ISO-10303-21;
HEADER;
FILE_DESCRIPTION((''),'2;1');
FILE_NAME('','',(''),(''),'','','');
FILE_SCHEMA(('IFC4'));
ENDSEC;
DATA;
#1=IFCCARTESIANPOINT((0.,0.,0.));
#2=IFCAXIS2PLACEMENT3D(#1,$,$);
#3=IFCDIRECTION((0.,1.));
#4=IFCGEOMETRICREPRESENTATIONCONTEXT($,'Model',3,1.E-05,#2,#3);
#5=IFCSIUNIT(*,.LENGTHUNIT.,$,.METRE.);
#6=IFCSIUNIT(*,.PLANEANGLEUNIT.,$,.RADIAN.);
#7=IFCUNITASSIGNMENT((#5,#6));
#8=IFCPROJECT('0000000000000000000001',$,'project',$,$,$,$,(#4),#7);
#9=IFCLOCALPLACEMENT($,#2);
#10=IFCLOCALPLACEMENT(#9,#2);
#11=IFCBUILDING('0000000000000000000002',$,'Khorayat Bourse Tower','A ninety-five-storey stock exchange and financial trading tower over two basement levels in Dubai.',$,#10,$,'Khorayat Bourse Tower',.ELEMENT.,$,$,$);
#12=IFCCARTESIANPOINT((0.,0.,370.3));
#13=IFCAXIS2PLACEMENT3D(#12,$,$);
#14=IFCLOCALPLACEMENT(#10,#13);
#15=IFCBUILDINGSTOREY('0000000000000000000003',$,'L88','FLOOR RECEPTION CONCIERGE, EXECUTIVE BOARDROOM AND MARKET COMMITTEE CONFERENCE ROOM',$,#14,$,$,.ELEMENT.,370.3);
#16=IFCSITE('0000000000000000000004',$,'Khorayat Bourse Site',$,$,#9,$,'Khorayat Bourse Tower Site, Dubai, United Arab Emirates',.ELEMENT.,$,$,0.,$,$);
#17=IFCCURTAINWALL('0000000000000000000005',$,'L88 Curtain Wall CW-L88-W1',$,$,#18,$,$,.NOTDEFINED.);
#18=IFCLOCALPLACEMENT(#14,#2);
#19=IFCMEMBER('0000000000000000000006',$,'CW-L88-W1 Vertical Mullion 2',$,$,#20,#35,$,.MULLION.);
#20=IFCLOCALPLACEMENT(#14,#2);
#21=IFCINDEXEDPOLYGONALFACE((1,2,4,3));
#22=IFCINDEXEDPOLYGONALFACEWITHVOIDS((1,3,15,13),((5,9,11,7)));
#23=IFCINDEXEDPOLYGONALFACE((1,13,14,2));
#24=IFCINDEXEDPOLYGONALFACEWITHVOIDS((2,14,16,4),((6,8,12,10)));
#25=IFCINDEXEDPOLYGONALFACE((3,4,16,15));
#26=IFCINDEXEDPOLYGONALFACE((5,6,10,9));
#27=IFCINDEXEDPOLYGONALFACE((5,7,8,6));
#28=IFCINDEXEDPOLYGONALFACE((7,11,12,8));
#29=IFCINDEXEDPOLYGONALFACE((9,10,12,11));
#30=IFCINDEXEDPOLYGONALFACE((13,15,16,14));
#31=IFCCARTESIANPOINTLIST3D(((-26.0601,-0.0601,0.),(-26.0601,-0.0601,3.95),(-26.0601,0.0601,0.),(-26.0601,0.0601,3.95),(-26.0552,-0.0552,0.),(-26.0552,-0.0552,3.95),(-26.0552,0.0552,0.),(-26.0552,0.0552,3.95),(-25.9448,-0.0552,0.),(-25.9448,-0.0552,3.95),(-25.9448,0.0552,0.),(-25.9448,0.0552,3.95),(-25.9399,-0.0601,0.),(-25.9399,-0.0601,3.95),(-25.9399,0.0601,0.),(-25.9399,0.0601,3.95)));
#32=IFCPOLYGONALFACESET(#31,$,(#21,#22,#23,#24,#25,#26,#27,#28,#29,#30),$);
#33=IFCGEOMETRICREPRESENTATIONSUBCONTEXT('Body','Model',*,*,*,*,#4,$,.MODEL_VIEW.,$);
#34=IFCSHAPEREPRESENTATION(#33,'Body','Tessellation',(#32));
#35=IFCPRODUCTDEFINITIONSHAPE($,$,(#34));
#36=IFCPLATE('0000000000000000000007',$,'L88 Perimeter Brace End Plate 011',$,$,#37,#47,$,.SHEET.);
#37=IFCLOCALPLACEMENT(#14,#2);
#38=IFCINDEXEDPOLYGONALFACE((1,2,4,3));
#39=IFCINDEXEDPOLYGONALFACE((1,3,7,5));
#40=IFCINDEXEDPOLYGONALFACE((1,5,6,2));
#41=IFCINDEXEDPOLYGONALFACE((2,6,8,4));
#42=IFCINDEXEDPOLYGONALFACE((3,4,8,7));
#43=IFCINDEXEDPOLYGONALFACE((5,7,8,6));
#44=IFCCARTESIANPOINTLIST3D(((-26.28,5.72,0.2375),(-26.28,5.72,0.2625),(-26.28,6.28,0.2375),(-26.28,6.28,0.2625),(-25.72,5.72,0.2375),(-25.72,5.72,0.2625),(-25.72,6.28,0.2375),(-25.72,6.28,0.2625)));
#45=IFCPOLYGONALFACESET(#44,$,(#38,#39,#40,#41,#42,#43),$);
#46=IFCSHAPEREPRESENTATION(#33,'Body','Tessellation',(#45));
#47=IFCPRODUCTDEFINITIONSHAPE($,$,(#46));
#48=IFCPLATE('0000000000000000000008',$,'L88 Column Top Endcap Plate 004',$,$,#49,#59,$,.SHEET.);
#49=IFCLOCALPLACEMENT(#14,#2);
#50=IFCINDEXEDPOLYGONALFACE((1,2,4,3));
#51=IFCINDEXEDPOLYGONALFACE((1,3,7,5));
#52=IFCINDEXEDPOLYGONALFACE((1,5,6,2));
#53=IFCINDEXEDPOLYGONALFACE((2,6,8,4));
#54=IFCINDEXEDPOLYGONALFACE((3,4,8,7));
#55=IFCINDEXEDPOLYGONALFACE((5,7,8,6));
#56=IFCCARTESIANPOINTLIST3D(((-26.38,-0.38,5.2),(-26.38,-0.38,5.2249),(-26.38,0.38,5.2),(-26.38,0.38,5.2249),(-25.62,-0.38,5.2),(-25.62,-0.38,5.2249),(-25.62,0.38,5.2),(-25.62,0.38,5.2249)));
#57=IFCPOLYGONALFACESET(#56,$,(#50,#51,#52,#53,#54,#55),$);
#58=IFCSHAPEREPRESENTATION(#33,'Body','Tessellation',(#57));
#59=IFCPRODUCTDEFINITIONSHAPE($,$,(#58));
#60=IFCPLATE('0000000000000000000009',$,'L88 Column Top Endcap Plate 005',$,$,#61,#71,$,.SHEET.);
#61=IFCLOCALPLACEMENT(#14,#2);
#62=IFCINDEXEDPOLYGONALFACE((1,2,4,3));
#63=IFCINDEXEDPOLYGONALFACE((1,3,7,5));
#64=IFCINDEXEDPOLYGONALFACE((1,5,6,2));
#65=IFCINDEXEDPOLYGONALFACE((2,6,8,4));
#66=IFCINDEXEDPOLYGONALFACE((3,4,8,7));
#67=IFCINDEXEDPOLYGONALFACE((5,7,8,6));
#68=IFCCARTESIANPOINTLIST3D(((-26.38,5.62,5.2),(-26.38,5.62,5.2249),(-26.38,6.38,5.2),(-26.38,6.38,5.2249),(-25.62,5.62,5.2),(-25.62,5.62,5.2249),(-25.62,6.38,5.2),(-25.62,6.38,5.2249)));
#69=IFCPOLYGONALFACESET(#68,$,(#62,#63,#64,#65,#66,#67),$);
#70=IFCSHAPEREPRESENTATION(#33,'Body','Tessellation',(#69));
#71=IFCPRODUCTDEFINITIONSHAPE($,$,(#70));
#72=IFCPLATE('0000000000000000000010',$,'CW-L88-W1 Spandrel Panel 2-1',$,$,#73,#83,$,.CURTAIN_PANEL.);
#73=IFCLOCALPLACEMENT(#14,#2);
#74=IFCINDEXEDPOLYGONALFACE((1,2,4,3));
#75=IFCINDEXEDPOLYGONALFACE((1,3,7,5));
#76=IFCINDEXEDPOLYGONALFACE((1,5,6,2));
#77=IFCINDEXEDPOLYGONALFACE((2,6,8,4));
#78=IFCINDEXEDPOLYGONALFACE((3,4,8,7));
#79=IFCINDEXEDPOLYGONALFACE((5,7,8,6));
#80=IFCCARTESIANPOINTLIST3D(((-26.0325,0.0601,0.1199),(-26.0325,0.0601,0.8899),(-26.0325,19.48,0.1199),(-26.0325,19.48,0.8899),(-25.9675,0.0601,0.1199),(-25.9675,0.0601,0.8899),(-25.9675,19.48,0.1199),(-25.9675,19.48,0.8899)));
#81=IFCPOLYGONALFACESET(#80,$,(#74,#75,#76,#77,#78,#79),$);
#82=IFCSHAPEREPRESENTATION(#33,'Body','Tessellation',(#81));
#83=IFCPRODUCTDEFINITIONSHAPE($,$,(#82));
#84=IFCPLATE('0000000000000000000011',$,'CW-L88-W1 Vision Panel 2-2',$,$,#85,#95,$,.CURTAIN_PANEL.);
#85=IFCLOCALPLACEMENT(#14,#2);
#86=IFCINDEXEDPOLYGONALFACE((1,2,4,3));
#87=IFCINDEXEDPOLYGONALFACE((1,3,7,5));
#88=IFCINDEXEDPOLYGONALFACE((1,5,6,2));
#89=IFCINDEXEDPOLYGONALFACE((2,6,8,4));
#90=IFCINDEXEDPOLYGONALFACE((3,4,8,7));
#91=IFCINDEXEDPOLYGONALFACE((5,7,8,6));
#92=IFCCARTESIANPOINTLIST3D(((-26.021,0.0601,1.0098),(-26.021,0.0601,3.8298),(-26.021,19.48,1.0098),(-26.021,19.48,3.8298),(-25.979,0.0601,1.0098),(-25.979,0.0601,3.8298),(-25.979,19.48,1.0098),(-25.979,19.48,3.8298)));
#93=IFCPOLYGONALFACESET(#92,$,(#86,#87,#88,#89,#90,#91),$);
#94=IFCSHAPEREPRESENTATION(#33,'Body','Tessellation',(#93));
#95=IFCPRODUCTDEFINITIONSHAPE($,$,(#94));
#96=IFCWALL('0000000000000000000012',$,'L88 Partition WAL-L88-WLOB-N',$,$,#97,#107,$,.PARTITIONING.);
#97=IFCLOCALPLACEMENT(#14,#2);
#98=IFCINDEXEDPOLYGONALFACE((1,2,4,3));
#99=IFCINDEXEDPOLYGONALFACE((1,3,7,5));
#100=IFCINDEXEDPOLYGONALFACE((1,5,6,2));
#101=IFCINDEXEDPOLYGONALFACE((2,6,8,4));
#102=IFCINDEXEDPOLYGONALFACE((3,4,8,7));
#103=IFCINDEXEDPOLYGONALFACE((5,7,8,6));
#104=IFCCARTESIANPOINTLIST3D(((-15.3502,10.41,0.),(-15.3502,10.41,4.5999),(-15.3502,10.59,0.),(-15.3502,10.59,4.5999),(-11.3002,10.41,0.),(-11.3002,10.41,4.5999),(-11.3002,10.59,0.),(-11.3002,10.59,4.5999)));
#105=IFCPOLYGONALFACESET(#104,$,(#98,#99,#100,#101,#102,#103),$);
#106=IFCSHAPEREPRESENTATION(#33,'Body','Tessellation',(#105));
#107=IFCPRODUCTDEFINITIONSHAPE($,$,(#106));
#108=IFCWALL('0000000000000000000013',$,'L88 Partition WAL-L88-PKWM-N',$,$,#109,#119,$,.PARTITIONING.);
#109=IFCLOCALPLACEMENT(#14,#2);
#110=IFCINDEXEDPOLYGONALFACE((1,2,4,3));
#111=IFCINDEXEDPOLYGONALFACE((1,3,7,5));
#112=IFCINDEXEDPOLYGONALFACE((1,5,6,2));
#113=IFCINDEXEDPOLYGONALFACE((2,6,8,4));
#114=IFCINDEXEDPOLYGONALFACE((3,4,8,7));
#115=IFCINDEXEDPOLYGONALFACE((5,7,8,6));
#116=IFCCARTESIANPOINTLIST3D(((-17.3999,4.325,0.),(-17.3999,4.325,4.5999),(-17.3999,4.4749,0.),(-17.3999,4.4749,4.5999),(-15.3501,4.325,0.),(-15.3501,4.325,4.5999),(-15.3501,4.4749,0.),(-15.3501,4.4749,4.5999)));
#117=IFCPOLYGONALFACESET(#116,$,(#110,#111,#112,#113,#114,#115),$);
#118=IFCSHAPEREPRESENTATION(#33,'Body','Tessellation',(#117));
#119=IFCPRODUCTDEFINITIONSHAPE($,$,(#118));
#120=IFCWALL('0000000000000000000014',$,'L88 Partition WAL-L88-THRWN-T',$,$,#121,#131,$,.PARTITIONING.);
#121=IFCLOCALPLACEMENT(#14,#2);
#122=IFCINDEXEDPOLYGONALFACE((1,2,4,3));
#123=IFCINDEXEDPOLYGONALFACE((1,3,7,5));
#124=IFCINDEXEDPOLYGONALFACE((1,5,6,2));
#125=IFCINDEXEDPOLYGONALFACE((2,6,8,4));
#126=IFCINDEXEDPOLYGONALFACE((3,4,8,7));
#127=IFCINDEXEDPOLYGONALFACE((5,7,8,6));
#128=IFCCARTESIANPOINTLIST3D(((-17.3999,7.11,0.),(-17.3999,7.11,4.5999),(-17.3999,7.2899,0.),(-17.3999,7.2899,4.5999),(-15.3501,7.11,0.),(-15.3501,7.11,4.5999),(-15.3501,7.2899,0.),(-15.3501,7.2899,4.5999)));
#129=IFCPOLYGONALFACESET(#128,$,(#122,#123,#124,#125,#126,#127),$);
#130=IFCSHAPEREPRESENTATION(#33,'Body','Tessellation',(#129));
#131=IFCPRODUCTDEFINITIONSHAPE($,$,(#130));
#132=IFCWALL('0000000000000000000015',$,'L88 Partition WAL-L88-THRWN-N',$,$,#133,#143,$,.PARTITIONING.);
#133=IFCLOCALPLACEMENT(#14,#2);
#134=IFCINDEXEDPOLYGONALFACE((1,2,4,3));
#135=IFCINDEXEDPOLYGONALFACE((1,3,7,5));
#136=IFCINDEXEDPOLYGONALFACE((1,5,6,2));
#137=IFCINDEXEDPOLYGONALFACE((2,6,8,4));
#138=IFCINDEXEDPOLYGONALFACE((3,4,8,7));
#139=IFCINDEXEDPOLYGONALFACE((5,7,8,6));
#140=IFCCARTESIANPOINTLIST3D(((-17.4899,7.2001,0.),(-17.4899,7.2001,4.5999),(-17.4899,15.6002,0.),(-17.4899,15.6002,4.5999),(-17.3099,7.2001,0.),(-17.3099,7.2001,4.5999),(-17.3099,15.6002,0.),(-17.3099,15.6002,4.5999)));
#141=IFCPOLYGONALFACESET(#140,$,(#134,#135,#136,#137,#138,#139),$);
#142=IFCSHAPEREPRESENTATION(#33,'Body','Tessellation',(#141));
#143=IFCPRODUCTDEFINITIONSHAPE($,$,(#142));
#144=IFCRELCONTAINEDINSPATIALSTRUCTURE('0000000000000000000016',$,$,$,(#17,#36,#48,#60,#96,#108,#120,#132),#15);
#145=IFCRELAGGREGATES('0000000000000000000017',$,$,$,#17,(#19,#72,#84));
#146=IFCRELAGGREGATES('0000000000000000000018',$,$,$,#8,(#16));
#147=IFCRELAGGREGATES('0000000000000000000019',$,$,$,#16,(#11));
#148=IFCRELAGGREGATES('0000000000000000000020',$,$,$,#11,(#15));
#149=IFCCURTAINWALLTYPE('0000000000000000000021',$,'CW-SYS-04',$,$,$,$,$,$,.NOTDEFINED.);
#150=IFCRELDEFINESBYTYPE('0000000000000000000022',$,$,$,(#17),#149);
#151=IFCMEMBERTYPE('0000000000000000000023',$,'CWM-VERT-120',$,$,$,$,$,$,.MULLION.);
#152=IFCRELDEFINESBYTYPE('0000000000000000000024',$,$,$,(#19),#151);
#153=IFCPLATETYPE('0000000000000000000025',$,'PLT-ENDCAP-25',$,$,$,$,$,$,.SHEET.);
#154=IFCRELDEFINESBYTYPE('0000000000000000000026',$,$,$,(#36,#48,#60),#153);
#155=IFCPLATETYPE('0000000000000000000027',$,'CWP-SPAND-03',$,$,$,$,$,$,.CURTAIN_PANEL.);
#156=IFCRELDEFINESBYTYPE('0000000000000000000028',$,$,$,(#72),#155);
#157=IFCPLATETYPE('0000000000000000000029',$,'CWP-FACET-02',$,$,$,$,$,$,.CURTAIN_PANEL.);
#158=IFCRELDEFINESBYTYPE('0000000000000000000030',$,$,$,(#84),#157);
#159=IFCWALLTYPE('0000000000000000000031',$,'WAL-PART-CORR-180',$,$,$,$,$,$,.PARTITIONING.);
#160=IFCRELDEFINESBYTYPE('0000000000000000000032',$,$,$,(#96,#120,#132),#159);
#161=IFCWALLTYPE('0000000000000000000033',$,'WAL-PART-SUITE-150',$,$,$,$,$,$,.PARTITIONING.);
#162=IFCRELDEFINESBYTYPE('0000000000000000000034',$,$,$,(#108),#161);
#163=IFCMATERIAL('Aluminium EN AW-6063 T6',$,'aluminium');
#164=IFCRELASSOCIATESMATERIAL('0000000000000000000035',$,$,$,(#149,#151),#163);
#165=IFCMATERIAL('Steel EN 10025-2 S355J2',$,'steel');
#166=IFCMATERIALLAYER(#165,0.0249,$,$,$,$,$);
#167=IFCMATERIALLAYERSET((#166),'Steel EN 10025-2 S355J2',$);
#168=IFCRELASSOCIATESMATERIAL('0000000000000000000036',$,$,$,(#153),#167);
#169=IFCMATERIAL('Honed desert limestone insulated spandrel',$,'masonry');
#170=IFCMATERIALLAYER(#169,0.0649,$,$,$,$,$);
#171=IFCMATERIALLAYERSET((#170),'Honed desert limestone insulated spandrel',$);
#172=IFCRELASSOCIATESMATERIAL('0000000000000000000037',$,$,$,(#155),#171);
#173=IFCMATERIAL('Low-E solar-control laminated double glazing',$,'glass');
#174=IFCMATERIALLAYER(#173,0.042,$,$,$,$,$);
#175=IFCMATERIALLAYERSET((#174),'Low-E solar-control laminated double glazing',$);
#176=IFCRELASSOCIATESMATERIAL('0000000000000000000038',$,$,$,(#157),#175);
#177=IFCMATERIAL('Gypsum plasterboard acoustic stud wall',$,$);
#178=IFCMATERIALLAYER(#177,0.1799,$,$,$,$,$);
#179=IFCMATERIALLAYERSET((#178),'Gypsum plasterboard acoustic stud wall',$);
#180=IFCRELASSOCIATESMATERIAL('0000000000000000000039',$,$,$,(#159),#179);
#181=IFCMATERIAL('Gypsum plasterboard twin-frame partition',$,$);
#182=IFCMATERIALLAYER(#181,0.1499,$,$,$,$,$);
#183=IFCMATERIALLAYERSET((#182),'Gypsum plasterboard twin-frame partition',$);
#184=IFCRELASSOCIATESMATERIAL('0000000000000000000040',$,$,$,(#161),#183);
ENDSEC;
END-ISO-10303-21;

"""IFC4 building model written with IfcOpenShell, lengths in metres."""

from ifc_helpers import new_model, si_unit, direction, frame, frame_2d, origin, origin_2d, place, context, subcontext, project, spatial, rectangle, hollow_rectangle, extrude, source, transform, mapped, material, layer, layer_set, material_profile, profile_set, type_object, element, aggregate, save


model = new_model("IFC4")

# Units and contexts
model_context = context("Model", 3, precision=1e-05, world=origin(), true_north=direction((0.0, 1.0)))
body_context = subcontext(model_context, "Body", "Model", "MODEL_VIEW")
ifc_project = project(units=[si_unit("LENGTHUNIT", "METRE"), si_unit("PLANEANGLEUNIT", "RADIAN")], contexts=[model_context])

# Site, building, storey
site_placement = place(None, origin())
site = spatial("IfcSite", under=ifc_project, at=site_placement, Name="Khorayat Bourse Site", LongName="Khorayat Bourse Tower Site, Dubai, United Arab Emirates", CompositionType="ELEMENT", RefElevation=0.0)
building_placement = place(site_placement, origin())
building = spatial("IfcBuilding", under=site, at=building_placement, Name="Khorayat Bourse Tower", Description="A ninety-five-storey stock exchange and financial trading tower over two basement levels in Dubai.", LongName="Khorayat Bourse Tower", CompositionType="ELEMENT")
storey_placement = place(building_placement, frame((0.0, 0.0, 370.3)))
storey = spatial("IfcBuildingStorey", under=building, at=storey_placement, Name="L88", Description="FLOOR RECEPTION CONCIERGE, EXECUTIVE BOARDROOM AND MARKET COMMITTEE CONFERENCE ROOM", CompositionType="ELEMENT", Elevation=370.3)

# Shared definitions
ifc_material_1 = material(Name="Steel EN 10025-2 S355J2", Category="steel")

# Curtain wall, member
ifc_material_2 = material(Name="Aluminium EN AW-6063 T6", Category="aluminium")
curtain_wall_type = type_object("IfcCurtainWallType", Name="CW-SYS-04", PredefinedType="NOTDEFINED", material=ifc_material_2)
curtain_wall_placement = place(storey_placement, origin())
curtain_wall = element("IfcCurtainWall", 1, at=curtain_wall_placement, inside=storey, type_object=curtain_wall_type, Name="L88 Curtain Wall CW-L88-W1", PredefinedType="NOTDEFINED")
ifc_material_profile_1 = material_profile(ifc_material_2, hollow_rectangle(XDim=0.1201, YDim=0.1201, WallThickness=0.0049, at=origin_2d()), Name="ALU 120x120x5")
ifc_profile_set_1 = profile_set([ifc_material_profile_1], Name="Aluminium EN AW-6063 T6")
member_type_1 = type_object("IfcMemberType", Name="CWM-VERT-120", PredefinedType="MULLION", material=ifc_profile_set_1)
shared_shape_1 = source(origin(), body_context, "Body", "SweptSolid", [
    extrude(hollow_rectangle(XDim=0.1201, YDim=0.1201, WallThickness=0.0049, at=origin_2d()), origin(), (0.0, 0.0, 1.0), 3.95),
])
member_1_placement = place(storey_placement, frame((-26.0, 0.0, 0.0), z_axis=(0.0, 0.0, 1.0), x_axis=(-1.0, 0.0, 0.0)))
member_1 = element("IfcMember", 2, at=member_1_placement, type_object=member_type_1, Name="CW-L88-W1 Vertical Mullion 2", PredefinedType="MULLION", context=body_context, shape_type="MappedRepresentation", body=[
    mapped(shared_shape_1, transform((0.0, 0.0, 0.0), scale=1.0)),
])

# Plates
ifc_layer_1 = layer(ifc_material_1, 0.0249)
ifc_layer_set_1 = layer_set([ifc_layer_1], Name="Steel EN 10025-2 S355J2")
plate_type_1 = type_object("IfcPlateType", Name="PLT-ENDCAP-25", PredefinedType="SHEET", material=ifc_layer_set_1)
shared_shape_2 = source(origin(), body_context, "Body", "SweptSolid", [
    extrude(rectangle(XDim=0.5601, YDim=0.5601, at=origin_2d()), origin(), (0.0, 0.0, 1.0), 0.0249),
])
plate_1_placement = place(storey_placement, frame((-26.0, 6.0, 0.2375), z_axis=(0.0, 0.0, 1.0), x_axis=(1.0, 0.0, 0.0)))
element("IfcPlate", 3, at=plate_1_placement, inside=storey, type_object=plate_type_1, Name="L88 Perimeter Brace End Plate 011", PredefinedType="SHEET", context=body_context, shape_type="MappedRepresentation", body=[
    mapped(shared_shape_2, transform((0.0, 0.0, 0.0), scale=1.0)),
])
shared_shape_3 = source(origin(), body_context, "Body", "SweptSolid", [
    extrude(rectangle(XDim=0.76, YDim=0.76, at=origin_2d()), origin(), (0.0, 0.0, 1.0), 0.0249),
])
for number, where, z_axis, x_axis, name in (
    (4, (-26.0, 0.0, 5.2), (0.0, 0.0, 1.0), (1.0, 0.0, 0.0), "L88 Column Top Endcap Plate 004"),
    (5, (-26.0, 6.0, 5.2), (0.0, 0.0, 1.0), (1.0, 0.0, 0.0), "L88 Column Top Endcap Plate 005"),
):
    element("IfcPlate", number, at=place(storey_placement, frame(where, z_axis=z_axis, x_axis=x_axis)), inside=storey, type_object=plate_type_1, Name=name, PredefinedType="SHEET", context=body_context, shape_type="MappedRepresentation", body=[
        mapped(shared_shape_3, transform((0.0, 0.0, 0.0), scale=1.0)),
    ])

# Plates
ifc_material_3 = material(Name="Honed desert limestone insulated spandrel", Category="masonry")
ifc_layer_2 = layer(ifc_material_3, 0.0649)
ifc_layer_set_2 = layer_set([ifc_layer_2], Name="Honed desert limestone insulated spandrel")
plate_type_2 = type_object("IfcPlateType", Name="CWP-SPAND-03", PredefinedType="CURTAIN_PANEL", material=ifc_layer_set_2)
shared_shape_4 = source(origin(), body_context, "Body", "SweptSolid", [
    extrude(rectangle(XDim=19.4199, YDim=0.0649, at=origin_2d()), origin(), (0.0, 0.0, 1.0), 0.77),
])
plate_2_placement = place(storey_placement, frame((-26.0, 9.77, 0.1199), z_axis=(0.0, 0.0, 1.0), x_axis=(0.0, 1.0, 0.0)))
plate_2 = element("IfcPlate", 6, at=plate_2_placement, type_object=plate_type_2, Name="CW-L88-W1 Spandrel Panel 2-1", PredefinedType="CURTAIN_PANEL", context=body_context, shape_type="MappedRepresentation", body=[
    mapped(shared_shape_4, transform((0.0, 0.0, 0.0), scale=1.0)),
])
ifc_material_4 = material(Name="Low-E solar-control laminated double glazing", Category="glass")
ifc_layer_3 = layer(ifc_material_4, 0.042)
ifc_layer_set_3 = layer_set([ifc_layer_3], Name="Low-E solar-control laminated double glazing")
plate_type_3 = type_object("IfcPlateType", Name="CWP-FACET-02", PredefinedType="CURTAIN_PANEL", material=ifc_layer_set_3)
shared_shape_5 = source(origin(), body_context, "Body", "SweptSolid", [
    extrude(rectangle(XDim=19.4199, YDim=0.042, at=origin_2d()), origin(), (0.0, 0.0, 1.0), 2.8201),
])
plate_3_placement = place(storey_placement, frame((-26.0, 9.77, 1.0098), z_axis=(0.0, 0.0, 1.0), x_axis=(0.0, 1.0, 0.0)))
plate_3 = element("IfcPlate", 7, at=plate_3_placement, type_object=plate_type_3, Name="CW-L88-W1 Vision Panel 2-2", PredefinedType="CURTAIN_PANEL", context=body_context, shape_type="MappedRepresentation", body=[
    mapped(shared_shape_5, transform((0.0, 0.0, 0.0), scale=1.0)),
])
aggregate(curtain_wall, [member_1, plate_2, plate_3])

# Walls
ifc_material_5 = material(Name="Gypsum plasterboard acoustic stud wall")
ifc_layer_4 = layer(ifc_material_5, 0.1799)
ifc_layer_set_4 = layer_set([ifc_layer_4], Name="Gypsum plasterboard acoustic stud wall")
wall_type_1 = type_object("IfcWallType", Name="WAL-PART-CORR-180", PredefinedType="PARTITIONING", material=ifc_layer_set_4)
shared_shape_6 = source(origin(), body_context, "Body", "SweptSolid", [
    extrude(rectangle(XDim=4.05, YDim=0.1799, at=frame_2d((2.0249, 0.0))), origin(), (0.0, 0.0, 1.0), 4.5999),
])
wall_1_placement = place(storey_placement, frame((-15.3501, 10.5, 0.0), z_axis=(0.0, 0.0, 1.0), x_axis=(1.0, 0.0, 0.0)))
element("IfcWall", 8, at=wall_1_placement, inside=storey, type_object=wall_type_1, Name="L88 Partition WAL-L88-WLOB-N", PredefinedType="PARTITIONING", context=body_context, shape_type="MappedRepresentation", body=[
    mapped(shared_shape_6, transform((0.0, 0.0, 0.0), scale=1.0)),
])
ifc_material_6 = material(Name="Gypsum plasterboard twin-frame partition")
ifc_layer_5 = layer(ifc_material_6, 0.1499)
ifc_layer_set_5 = layer_set([ifc_layer_5], Name="Gypsum plasterboard twin-frame partition")
wall_type_2 = type_object("IfcWallType", Name="WAL-PART-SUITE-150", PredefinedType="PARTITIONING", material=ifc_layer_set_5)
shared_shape_7 = source(origin(), body_context, "Body", "SweptSolid", [
    extrude(rectangle(XDim=2.0498, YDim=0.1499, at=frame_2d((1.0249, 0.0))), origin(), (0.0, 0.0, 1.0), 4.5999),
])
wall_2_placement = place(storey_placement, frame((-17.3999, 4.3999, 0.0), z_axis=(0.0, 0.0, 1.0), x_axis=(1.0, 0.0, 0.0)))
element("IfcWall", 9, at=wall_2_placement, inside=storey, type_object=wall_type_2, Name="L88 Partition WAL-L88-PKWM-N", PredefinedType="PARTITIONING", context=body_context, shape_type="MappedRepresentation", body=[
    mapped(shared_shape_7, transform((0.0, 0.0, 0.0), scale=1.0)),
])
shared_shape_8 = source(origin(), body_context, "Body", "SweptSolid", [
    extrude(rectangle(XDim=2.0498, YDim=0.1799, at=frame_2d((1.0249, 0.0))), origin(), (0.0, 0.0, 1.0), 4.5999),
])
wall_3_placement = place(storey_placement, frame((-17.3999, 7.2, 0.0), z_axis=(0.0, 0.0, 1.0), x_axis=(1.0, 0.0, 0.0)))
element("IfcWall", 10, at=wall_3_placement, inside=storey, type_object=wall_type_1, Name="L88 Partition WAL-L88-THRWN-T", PredefinedType="PARTITIONING", context=body_context, shape_type="MappedRepresentation", body=[
    mapped(shared_shape_8, transform((0.0, 0.0, 0.0), scale=1.0)),
])
shared_shape_9 = source(origin(), body_context, "Body", "SweptSolid", [
    extrude(rectangle(XDim=8.4001, YDim=0.1799, at=frame_2d((4.2002, 0.0))), origin(), (0.0, 0.0, 1.0), 4.5999),
])
wall_4_placement = place(storey_placement, frame((-17.3999, 7.2, 0.0), z_axis=(0.0, 0.0, 1.0), x_axis=(0.0, 1.0, 0.0)))
element("IfcWall", 11, at=wall_4_placement, inside=storey, type_object=wall_type_1, Name="L88 Partition WAL-L88-THRWN-N", PredefinedType="PARTITIONING", context=body_context, shape_type="MappedRepresentation", body=[
    mapped(shared_shape_9, transform((0.0, 0.0, 0.0), scale=1.0)),
])

save(model, "model.ifc")
